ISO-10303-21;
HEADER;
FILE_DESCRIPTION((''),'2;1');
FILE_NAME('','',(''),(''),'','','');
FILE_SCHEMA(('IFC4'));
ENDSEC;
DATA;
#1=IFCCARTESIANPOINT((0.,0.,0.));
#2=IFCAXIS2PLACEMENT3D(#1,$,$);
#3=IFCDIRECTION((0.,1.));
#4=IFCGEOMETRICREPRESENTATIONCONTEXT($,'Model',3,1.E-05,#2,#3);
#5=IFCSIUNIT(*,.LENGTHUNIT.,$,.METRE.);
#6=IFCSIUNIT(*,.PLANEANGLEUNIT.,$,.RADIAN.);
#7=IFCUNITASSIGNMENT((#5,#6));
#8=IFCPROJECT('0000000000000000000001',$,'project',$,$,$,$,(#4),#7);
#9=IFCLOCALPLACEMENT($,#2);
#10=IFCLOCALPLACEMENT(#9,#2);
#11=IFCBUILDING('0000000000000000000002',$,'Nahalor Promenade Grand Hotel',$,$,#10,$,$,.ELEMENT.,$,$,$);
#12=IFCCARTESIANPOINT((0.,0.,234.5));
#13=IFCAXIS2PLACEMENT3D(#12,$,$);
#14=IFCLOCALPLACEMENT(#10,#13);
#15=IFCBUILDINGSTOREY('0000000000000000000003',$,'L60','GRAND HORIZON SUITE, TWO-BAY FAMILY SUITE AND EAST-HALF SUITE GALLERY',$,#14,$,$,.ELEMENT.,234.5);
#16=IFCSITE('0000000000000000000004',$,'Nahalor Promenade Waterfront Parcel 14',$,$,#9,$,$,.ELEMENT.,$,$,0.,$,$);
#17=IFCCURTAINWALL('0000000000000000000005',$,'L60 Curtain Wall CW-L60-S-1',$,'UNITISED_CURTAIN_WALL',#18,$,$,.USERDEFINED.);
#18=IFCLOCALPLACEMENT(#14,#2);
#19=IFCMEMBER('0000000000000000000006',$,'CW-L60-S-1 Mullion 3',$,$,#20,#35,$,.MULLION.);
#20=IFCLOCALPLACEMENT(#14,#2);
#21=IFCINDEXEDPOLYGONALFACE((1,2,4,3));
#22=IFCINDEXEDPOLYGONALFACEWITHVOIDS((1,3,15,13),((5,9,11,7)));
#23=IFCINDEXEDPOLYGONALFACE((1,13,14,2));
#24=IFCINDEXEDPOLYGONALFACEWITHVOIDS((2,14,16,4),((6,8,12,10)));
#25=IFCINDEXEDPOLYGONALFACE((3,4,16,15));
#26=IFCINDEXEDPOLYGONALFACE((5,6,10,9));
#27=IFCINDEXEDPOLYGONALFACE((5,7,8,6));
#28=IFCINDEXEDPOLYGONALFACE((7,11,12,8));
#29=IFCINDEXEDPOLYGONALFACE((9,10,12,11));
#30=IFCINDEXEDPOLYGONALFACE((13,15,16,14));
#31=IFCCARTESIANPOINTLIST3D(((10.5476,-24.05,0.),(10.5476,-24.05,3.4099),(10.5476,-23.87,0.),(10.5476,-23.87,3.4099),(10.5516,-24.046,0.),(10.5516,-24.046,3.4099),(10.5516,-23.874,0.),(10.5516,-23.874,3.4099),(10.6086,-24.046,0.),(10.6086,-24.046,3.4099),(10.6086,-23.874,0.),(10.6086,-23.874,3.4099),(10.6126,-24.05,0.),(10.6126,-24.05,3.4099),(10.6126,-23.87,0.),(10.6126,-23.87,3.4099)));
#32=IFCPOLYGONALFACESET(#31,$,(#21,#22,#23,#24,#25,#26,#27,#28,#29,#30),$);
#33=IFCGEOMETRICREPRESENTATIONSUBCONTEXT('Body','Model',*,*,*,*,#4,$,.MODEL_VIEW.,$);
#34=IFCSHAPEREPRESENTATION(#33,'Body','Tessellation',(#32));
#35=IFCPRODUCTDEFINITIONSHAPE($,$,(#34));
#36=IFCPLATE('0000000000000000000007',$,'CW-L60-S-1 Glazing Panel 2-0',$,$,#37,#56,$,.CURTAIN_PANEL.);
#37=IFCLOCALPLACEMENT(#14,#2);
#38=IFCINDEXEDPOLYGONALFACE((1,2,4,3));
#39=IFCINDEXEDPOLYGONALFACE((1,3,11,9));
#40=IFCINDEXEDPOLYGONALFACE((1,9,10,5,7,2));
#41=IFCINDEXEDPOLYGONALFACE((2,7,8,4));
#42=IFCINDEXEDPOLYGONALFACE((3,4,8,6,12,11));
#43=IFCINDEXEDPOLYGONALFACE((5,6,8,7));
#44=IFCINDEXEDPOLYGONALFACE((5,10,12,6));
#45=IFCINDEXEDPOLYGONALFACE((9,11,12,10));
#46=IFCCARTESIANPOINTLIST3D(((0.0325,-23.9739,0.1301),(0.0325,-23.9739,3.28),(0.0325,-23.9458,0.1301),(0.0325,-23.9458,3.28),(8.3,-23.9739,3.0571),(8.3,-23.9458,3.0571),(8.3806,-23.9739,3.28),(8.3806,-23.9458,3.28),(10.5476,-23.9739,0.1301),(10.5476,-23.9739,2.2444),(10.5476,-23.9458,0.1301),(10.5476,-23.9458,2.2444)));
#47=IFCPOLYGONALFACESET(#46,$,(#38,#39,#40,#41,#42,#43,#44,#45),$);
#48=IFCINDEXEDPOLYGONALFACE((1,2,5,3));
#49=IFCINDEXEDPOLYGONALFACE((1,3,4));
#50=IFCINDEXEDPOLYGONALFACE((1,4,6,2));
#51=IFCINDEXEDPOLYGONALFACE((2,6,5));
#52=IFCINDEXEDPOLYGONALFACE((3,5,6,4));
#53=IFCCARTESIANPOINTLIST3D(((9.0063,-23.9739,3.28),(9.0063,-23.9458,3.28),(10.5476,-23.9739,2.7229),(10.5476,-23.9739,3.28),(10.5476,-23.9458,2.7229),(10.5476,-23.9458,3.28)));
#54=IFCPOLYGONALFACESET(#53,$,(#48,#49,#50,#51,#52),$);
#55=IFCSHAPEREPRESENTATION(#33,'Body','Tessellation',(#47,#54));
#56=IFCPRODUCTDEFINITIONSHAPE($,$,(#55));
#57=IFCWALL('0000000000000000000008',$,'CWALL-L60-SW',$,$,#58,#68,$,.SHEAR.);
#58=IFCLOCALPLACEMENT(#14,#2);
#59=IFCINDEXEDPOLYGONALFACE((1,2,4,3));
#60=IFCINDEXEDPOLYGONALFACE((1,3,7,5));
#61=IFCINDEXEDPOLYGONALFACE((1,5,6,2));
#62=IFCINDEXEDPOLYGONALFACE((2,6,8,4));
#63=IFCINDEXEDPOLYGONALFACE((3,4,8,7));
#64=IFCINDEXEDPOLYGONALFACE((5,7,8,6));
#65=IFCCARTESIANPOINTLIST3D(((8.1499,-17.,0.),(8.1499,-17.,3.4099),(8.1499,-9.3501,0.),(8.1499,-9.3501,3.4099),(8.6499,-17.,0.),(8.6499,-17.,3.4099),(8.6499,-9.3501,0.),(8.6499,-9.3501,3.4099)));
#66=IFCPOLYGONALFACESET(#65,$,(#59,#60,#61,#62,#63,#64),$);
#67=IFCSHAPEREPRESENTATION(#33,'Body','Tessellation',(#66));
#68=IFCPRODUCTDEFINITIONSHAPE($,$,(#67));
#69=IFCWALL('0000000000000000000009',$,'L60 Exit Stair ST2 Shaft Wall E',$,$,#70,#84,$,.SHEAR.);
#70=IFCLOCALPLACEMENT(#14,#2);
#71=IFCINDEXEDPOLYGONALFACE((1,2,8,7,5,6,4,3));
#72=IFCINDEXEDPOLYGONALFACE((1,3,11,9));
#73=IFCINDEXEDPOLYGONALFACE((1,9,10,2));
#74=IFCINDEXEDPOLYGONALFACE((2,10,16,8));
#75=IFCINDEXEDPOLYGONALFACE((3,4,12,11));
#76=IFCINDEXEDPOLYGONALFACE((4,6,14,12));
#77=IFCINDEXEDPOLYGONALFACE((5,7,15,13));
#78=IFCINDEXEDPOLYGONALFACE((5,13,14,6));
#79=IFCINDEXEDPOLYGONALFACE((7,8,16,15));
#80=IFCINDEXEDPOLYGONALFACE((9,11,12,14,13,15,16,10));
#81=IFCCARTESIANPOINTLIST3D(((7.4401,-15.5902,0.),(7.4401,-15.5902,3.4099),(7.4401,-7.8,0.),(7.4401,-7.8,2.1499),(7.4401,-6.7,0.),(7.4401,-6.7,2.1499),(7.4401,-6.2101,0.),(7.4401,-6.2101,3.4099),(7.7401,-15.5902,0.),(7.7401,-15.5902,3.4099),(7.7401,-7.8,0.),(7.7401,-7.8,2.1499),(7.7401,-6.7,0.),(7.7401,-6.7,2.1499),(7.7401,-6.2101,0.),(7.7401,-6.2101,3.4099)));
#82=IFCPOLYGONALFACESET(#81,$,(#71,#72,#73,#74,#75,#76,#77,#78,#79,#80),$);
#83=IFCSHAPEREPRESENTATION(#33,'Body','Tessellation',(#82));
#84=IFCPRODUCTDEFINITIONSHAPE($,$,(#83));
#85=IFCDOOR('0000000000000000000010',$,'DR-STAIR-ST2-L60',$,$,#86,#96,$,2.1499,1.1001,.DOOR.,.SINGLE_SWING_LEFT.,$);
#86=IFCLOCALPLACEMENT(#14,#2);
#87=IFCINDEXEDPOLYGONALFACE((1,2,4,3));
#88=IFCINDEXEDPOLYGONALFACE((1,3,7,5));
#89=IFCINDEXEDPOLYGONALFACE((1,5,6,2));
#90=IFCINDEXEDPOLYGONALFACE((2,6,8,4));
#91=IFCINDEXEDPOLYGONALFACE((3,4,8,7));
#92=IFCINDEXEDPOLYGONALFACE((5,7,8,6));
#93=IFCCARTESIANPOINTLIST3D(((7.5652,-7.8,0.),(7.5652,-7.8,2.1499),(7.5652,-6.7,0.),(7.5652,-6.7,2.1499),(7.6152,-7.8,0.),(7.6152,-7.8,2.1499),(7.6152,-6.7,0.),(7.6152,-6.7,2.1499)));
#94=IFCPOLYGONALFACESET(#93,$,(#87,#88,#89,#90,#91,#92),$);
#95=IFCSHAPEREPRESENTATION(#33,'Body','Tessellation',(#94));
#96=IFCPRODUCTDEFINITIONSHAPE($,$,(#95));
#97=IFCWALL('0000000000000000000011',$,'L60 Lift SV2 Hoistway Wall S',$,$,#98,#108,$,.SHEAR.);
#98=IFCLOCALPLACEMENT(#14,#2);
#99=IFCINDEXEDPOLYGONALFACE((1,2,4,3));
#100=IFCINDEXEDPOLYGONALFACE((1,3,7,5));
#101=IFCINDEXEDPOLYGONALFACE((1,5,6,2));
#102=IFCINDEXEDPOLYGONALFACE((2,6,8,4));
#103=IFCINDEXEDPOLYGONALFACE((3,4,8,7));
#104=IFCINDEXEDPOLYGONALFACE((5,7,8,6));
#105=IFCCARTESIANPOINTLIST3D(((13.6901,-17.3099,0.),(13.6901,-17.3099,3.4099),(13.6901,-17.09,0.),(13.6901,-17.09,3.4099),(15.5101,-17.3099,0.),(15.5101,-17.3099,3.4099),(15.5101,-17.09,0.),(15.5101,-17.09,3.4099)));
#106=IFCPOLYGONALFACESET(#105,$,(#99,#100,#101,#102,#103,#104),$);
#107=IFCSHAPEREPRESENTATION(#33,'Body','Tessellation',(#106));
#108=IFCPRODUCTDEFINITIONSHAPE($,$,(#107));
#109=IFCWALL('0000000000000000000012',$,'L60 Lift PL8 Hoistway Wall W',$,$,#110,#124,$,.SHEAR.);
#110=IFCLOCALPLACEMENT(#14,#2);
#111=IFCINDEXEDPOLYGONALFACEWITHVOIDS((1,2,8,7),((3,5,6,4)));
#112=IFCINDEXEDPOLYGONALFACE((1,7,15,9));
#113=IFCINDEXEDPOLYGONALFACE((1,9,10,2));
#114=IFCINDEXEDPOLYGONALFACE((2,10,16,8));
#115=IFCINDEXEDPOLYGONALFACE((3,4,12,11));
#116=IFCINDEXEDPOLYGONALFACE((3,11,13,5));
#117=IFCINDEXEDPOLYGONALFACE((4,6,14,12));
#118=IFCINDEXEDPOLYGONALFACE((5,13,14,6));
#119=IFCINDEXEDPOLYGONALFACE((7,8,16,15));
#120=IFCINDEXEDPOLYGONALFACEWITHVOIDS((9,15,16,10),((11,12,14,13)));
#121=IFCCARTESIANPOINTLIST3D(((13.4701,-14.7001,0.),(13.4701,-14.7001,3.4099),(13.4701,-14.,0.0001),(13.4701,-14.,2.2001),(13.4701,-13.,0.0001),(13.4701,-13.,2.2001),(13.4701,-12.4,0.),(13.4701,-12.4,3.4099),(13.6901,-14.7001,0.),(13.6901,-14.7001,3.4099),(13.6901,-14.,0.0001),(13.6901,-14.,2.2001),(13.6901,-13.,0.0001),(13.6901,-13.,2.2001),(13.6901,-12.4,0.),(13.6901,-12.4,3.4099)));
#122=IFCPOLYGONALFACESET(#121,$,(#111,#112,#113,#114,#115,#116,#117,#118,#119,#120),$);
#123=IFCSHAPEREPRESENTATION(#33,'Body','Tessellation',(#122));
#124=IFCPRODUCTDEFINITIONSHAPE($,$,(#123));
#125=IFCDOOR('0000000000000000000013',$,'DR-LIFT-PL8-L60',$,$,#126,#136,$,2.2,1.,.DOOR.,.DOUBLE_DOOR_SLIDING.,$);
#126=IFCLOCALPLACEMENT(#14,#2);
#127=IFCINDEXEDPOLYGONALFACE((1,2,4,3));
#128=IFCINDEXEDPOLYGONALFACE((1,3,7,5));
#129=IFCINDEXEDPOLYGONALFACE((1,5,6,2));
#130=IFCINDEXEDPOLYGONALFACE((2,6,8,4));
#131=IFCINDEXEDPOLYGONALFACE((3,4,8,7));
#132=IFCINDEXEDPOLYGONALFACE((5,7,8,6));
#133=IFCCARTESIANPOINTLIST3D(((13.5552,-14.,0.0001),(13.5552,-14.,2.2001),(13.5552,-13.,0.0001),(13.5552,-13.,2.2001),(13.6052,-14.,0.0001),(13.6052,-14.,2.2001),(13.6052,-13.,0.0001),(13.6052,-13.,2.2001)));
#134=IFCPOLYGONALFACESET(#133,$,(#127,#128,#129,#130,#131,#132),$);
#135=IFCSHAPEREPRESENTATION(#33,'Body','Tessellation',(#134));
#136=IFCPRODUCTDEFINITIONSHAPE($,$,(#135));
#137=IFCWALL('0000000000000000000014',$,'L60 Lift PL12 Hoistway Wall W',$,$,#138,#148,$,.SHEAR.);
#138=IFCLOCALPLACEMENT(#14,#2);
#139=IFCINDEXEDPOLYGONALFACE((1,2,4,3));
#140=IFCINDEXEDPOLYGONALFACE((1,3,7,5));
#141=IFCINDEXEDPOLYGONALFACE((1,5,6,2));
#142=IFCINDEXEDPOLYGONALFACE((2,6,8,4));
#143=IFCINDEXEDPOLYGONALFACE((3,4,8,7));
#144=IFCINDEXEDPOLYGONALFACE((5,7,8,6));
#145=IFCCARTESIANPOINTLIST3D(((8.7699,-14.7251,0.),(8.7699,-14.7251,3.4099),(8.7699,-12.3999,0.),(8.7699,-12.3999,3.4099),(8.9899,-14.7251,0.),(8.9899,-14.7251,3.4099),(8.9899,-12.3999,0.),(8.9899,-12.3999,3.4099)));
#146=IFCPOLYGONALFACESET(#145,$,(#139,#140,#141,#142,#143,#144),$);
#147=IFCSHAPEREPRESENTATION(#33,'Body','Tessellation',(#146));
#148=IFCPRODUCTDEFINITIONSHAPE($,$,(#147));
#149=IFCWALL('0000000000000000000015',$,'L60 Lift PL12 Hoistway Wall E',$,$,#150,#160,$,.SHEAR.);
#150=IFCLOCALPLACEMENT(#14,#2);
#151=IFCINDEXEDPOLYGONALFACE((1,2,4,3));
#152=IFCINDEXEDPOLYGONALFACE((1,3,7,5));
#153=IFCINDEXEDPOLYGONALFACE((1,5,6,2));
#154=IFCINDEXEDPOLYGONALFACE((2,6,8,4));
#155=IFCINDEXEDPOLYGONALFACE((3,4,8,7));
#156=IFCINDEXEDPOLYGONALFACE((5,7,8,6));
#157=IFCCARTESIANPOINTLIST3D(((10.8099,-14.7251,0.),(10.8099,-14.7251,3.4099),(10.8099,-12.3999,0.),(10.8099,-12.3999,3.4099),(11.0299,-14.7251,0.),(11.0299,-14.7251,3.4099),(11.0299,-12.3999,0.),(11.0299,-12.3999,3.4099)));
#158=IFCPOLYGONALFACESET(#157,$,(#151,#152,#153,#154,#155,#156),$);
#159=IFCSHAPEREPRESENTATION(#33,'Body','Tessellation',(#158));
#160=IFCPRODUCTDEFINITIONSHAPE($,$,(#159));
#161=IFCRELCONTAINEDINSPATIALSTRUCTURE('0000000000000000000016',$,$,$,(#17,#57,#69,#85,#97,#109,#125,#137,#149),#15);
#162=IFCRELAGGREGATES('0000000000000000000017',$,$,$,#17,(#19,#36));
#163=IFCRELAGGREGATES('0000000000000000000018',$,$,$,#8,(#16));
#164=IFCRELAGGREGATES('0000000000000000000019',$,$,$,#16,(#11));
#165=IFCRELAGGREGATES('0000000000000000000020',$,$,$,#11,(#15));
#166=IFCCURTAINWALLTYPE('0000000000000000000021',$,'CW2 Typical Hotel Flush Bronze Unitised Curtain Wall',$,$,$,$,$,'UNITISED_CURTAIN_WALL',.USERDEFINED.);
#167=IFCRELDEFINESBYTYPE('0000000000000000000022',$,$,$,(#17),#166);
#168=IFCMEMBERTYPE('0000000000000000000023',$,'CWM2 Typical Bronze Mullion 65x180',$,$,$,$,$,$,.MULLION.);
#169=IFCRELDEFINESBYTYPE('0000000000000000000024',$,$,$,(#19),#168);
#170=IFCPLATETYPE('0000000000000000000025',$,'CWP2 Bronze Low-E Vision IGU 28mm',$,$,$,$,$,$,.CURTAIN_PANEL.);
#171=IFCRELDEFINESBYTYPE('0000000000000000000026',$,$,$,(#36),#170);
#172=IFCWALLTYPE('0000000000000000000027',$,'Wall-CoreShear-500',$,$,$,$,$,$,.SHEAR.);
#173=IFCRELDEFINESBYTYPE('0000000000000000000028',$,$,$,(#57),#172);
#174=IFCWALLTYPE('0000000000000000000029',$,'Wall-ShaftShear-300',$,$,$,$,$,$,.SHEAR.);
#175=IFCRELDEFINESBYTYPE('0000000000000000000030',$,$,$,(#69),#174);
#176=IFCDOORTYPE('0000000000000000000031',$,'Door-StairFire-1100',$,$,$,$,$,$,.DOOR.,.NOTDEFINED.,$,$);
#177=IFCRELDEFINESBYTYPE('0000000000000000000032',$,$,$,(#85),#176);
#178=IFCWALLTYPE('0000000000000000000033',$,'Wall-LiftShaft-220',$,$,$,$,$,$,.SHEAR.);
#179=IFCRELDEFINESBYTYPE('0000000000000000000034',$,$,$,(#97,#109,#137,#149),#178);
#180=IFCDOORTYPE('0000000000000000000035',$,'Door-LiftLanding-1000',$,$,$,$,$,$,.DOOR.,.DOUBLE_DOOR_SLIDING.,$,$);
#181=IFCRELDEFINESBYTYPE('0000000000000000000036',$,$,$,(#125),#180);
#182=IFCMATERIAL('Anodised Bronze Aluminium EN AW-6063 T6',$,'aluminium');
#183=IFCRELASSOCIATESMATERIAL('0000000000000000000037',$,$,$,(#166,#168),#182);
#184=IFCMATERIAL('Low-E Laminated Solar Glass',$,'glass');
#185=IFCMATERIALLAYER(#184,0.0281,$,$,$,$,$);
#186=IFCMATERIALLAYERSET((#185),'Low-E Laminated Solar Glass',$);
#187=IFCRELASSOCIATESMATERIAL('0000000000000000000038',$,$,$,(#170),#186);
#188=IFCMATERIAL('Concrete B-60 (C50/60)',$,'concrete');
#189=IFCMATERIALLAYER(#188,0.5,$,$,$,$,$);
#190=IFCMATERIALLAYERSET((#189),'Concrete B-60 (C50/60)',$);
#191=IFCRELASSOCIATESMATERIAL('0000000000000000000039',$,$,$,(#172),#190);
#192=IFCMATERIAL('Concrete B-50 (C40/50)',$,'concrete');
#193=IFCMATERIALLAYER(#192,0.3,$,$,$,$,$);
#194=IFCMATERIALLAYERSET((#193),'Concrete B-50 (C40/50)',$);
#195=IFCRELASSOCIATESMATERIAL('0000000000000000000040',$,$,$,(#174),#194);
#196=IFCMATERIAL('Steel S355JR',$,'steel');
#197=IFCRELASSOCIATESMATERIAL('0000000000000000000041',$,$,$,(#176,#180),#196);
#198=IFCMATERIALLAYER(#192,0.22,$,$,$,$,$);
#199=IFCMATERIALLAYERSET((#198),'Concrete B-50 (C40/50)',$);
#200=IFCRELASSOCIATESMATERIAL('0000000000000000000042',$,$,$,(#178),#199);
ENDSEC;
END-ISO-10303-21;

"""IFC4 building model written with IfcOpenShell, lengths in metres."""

from ifc_helpers import new_model, si_unit, direction, frame, frame_2d, origin, origin_2d, place, context, subcontext, project, spatial, polyline, rectangle, hollow_rectangle, outline, extrude, source, transform, mapped, material, layer, layer_set, material_profile, profile_set, type_object, element, fill, aggregate, save


model = new_model("IFC4")

# Units and contexts
model_context = context("Model", 3, precision=1e-05, world=origin(), true_north=direction((0.0, 1.0)))
body_context = subcontext(model_context, "Body", "Model", "MODEL_VIEW")
ifc_project = project(units=[si_unit("LENGTHUNIT", "METRE"), si_unit("PLANEANGLEUNIT", "RADIAN")], contexts=[model_context])

# Site, building, storey
site_placement = place(None, origin())
site = spatial("IfcSite", under=ifc_project, at=site_placement, Name="Nahalor Promenade Waterfront Parcel 14", CompositionType="ELEMENT", RefElevation=0.0)
building_placement = place(site_placement, origin())
building = spatial("IfcBuilding", under=site, at=building_placement, Name="Nahalor Promenade Grand Hotel", CompositionType="ELEMENT")
storey_placement = place(building_placement, frame((0.0, 0.0, 234.5)))
storey = spatial("IfcBuildingStorey", under=building, at=storey_placement, Name="L60", Description="GRAND HORIZON SUITE, TWO-BAY FAMILY SUITE AND EAST-HALF SUITE GALLERY", CompositionType="ELEMENT", Elevation=234.5)

# Shared definitions
ifc_material_1 = material(Name="Concrete B-60 (C50/60)", Category="concrete")
ifc_material_2 = material(Name="Steel S355JR", Category="steel")

# Curtain wall, member, plate
ifc_material_3 = material(Name="Anodised Bronze Aluminium EN AW-6063 T6", Category="aluminium")
curtain_wall_type = type_object("IfcCurtainWallType", Name="CW2 Typical Hotel Flush Bronze Unitised Curtain Wall", ElementType="UNITISED_CURTAIN_WALL", PredefinedType="USERDEFINED", material=ifc_material_3)
curtain_wall_placement = place(storey_placement, origin())
curtain_wall = element("IfcCurtainWall", 1, at=curtain_wall_placement, inside=storey, type_object=curtain_wall_type, Name="L60 Curtain Wall CW-L60-S-1", ObjectType="UNITISED_CURTAIN_WALL", PredefinedType="USERDEFINED")
ifc_material_profile_1 = material_profile(ifc_material_3, hollow_rectangle(XDim=0.065, YDim=0.18, WallThickness=0.004, at=origin_2d()), Name="CWM 65x180x4")
ifc_profile_set_1 = profile_set([ifc_material_profile_1], Name="Anodised Bronze Aluminium EN AW-6063 T6")
member_type_1 = type_object("IfcMemberType", Name="CWM2 Typical Bronze Mullion 65x180", PredefinedType="MULLION", material=ifc_profile_set_1)
shared_shape_1 = source(origin(), body_context, "Body", "SweptSolid", [
    extrude(hollow_rectangle(XDim=0.065, YDim=0.18, WallThickness=0.004, at=origin_2d()), origin(), (0.0, 0.0, 1.0), 3.4099),
])
member_1_placement = place(storey_placement, frame((10.5801, -23.96, 0.0), z_axis=(0.0, 0.0, 1.0), x_axis=(1.0, 0.0, 0.0)))
member_1 = element("IfcMember", 2, at=member_1_placement, type_object=member_type_1, Name="CW-L60-S-1 Mullion 3", PredefinedType="MULLION", context=body_context, shape_type="MappedRepresentation", body=[
    mapped(shared_shape_1, transform((0.0, 0.0, 0.0), scale=1.0)),
])
ifc_material_4 = material(Name="Low-E Laminated Solar Glass", Category="glass")
ifc_layer_1 = layer(ifc_material_4, 0.0281)
ifc_layer_set_1 = layer_set([ifc_layer_1], Name="Low-E Laminated Solar Glass")
plate_type = type_object("IfcPlateType", Name="CWP2 Bronze Low-E Vision IGU 28mm", PredefinedType="CURTAIN_PANEL", material=ifc_layer_set_1)
plate_placement = place(storey_placement, frame((5.29, -23.96, 0.1301), z_axis=(0.0, 0.0, 1.0), x_axis=(1.0, 0.0, 0.0)))
plate = element("IfcPlate", 3, at=plate_placement, type_object=plate_type, Name="CW-L60-S-1 Glazing Panel 2-0", PredefinedType="CURTAIN_PANEL", context=body_context, shape_type="SweptSolid", body=[
    extrude(outline(polyline([(-5.2576, 0.0), (5.2576, 0.0), (5.2576, 2.1143), (3.01, 2.927), (3.0906, 3.1499), (-5.2576, 3.1499), (-5.2576, 0.0)])), frame((0.0, 0.0142, 0.0), z_axis=(0.0, -1.0, 0.0), x_axis=(1.0, 0.0, 0.0)), (0.0, 0.0, 1.0), 0.0281),
    extrude(outline(polyline([(5.2576, 2.5928), (5.2576, 3.1499), (3.7163, 3.1499), (5.2576, 2.5928)])), frame((0.0, 0.0142, 0.0), z_axis=(0.0, -1.0, 0.0), x_axis=(1.0, 0.0, 0.0)), (0.0, 0.0, 1.0), 0.0281),
])
aggregate(curtain_wall, [member_1, plate])

# Wall
ifc_layer_2 = layer(ifc_material_1, 0.5)
ifc_layer_set_2 = layer_set([ifc_layer_2], Name="Concrete B-60 (C50/60)")
wall_type_1 = type_object("IfcWallType", Name="Wall-CoreShear-500", PredefinedType="SHEAR", material=ifc_layer_set_2)
shared_shape_2 = source(origin(), body_context, "Body", "SweptSolid", [
    extrude(rectangle(XDim=7.6499, YDim=0.5, at=frame_2d((3.825, 0.0))), origin(), (0.0, 0.0, 1.0), 3.4099),
])
wall_1_placement = place(storey_placement, frame((8.3999, -17.0, 0.0), z_axis=(0.0, 0.0, 1.0), x_axis=(0.0, 1.0, 0.0)))
element("IfcWall", 4, at=wall_1_placement, inside=storey, type_object=wall_type_1, Name="CWALL-L60-SW", PredefinedType="SHEAR", context=body_context, shape_type="MappedRepresentation", body=[
    mapped(shared_shape_2, transform((0.0, 0.0, 0.0), scale=1.0)),
])

# Wall, opening, door
ifc_material_5 = material(Name="Concrete B-50 (C40/50)", Category="concrete")
ifc_layer_3 = layer(ifc_material_5, 0.3)
ifc_layer_set_3 = layer_set([ifc_layer_3], Name="Concrete B-50 (C40/50)")
wall_type_2 = type_object("IfcWallType", Name="Wall-ShaftShear-300", PredefinedType="SHEAR", material=ifc_layer_set_3)
shared_shape_3 = source(origin(), body_context, "Body", "SweptSolid", [
    extrude(rectangle(XDim=9.3801, YDim=0.3, at=frame_2d((4.6899, 0.0))), origin(), (0.0, 0.0, 1.0), 3.4099),
])
wall_2_placement = place(storey_placement, frame((7.5901, -15.5901, 0.0), z_axis=(0.0, 0.0, 1.0), x_axis=(0.0, 1.0, 0.0)))
wall_2 = element("IfcWall", 5, at=wall_2_placement, inside=storey, type_object=wall_type_2, Name="L60 Exit Stair ST2 Shaft Wall E", PredefinedType="SHEAR", context=body_context, shape_type="MappedRepresentation", body=[
    mapped(shared_shape_3, transform((0.0, 0.0, 0.0), scale=1.0)),
])
opening_1_placement = place(wall_2_placement, frame((7.79, 0.0, 0.0)))
opening_1 = element("IfcOpeningElement", 6, at=opening_1_placement, cuts=wall_2, PredefinedType="OPENING", context=body_context, shape_type="SweptSolid", body=[
    extrude(rectangle(XDim=1.1001, YDim=2.1499, at=frame_2d((0.55, 1.075))), frame((0.0, 0.1599, 0.0), z_axis=(0.0, -1.0, 0.0), x_axis=(1.0, 0.0, 0.0)), (0.0, 0.0, 1.0), 0.3201),
])
door_type_1 = type_object("IfcDoorType", Name="Door-StairFire-1100", OperationType="NOTDEFINED", PredefinedType="DOOR", material=ifc_material_2)
shared_shape_4 = source(origin(), body_context, "Body", "SweptSolid", [
    extrude(rectangle(XDim=1.1001, YDim=2.1499, at=frame_2d((0.55, 1.075))), frame((0.0, 0.0249, 0.0), z_axis=(0.0, -1.0, 0.0), x_axis=(1.0, 0.0, 0.0)), (0.0, 0.0, 1.0), 0.05),
])
door_1_placement = place(opening_1_placement, origin())
door_1 = element("IfcDoor", 7, at=door_1_placement, inside=storey, type_object=door_type_1, Name="DR-STAIR-ST2-L60", OperationType="SINGLE_SWING_LEFT", OverallHeight=2.1499, OverallWidth=1.1001, PredefinedType="DOOR", context=body_context, shape_type="MappedRepresentation", body=[
    mapped(shared_shape_4, transform((0.0, 0.0, 0.0), scale=1.0)),
])
fill(opening_1, door_1)

# Wall
ifc_layer_4 = layer(ifc_material_5, 0.22)
ifc_layer_set_4 = layer_set([ifc_layer_4], Name="Concrete B-50 (C40/50)")
wall_type_3 = type_object("IfcWallType", Name="Wall-LiftShaft-220", PredefinedType="SHEAR", material=ifc_layer_set_4)
shared_shape_5 = source(origin(), body_context, "Body", "SweptSolid", [
    extrude(rectangle(XDim=1.8201, YDim=0.22, at=frame_2d((0.9102, 0.0))), origin(), (0.0, 0.0, 1.0), 3.4099),
])
wall_3_placement = place(storey_placement, frame((13.6899, -17.2, 0.0), z_axis=(0.0, 0.0, 1.0), x_axis=(1.0, 0.0, 0.0)))
element("IfcWall", 8, at=wall_3_placement, inside=storey, type_object=wall_type_3, Name="L60 Lift SV2 Hoistway Wall S", PredefinedType="SHEAR", context=body_context, shape_type="MappedRepresentation", body=[
    mapped(shared_shape_5, transform((0.0, 0.0, 0.0), scale=1.0)),
])

# Wall, opening, door
shared_shape_6 = source(origin(), body_context, "Body", "SweptSolid", [
    extrude(rectangle(XDim=2.3, YDim=0.22, at=frame_2d((1.1499, 0.0))), origin(), (0.0, 0.0, 1.0), 3.4099),
])
wall_4_placement = place(storey_placement, frame((13.5801, -14.7, 0.0), z_axis=(0.0, 0.0, 1.0), x_axis=(0.0, 1.0, 0.0)))
wall_4 = element("IfcWall", 9, at=wall_4_placement, inside=storey, type_object=wall_type_3, Name="L60 Lift PL8 Hoistway Wall W", PredefinedType="SHEAR", context=body_context, shape_type="MappedRepresentation", body=[
    mapped(shared_shape_6, transform((0.0, 0.0, 0.0), scale=1.0)),
])
opening_2_placement = place(wall_4_placement, frame((0.7, 0.0, 0.0)))
opening_2 = element("IfcOpeningElement", 10, at=opening_2_placement, cuts=wall_4, PredefinedType="OPENING", context=body_context, shape_type="SweptSolid", body=[
    extrude(rectangle(XDim=1.0, YDim=2.2, at=frame_2d((0.5, 1.1001))), frame((0.0, 0.1199, 0.0), z_axis=(0.0, -1.0, 0.0), x_axis=(1.0, 0.0, 0.0)), (0.0, 0.0, 1.0), 0.24),
])
door_type_2 = type_object("IfcDoorType", Name="Door-LiftLanding-1000", OperationType="DOUBLE_DOOR_SLIDING", PredefinedType="DOOR", material=ifc_material_2)
shared_shape_7 = source(origin(), body_context, "Body", "SweptSolid", [
    extrude(rectangle(XDim=1.0, YDim=2.2, at=frame_2d((0.5, 1.1001))), frame((0.0, 0.0249, 0.0), z_axis=(0.0, -1.0, 0.0), x_axis=(1.0, 0.0, 0.0)), (0.0, 0.0, 1.0), 0.05),
])
door_2_placement = place(opening_2_placement, origin())
door_2 = element("IfcDoor", 11, at=door_2_placement, inside=storey, type_object=door_type_2, Name="DR-LIFT-PL8-L60", OperationType="DOUBLE_DOOR_SLIDING", OverallHeight=2.2, OverallWidth=1.0, PredefinedType="DOOR", context=body_context, shape_type="MappedRepresentation", body=[
    mapped(shared_shape_7, transform((0.0, 0.0, 0.0), scale=1.0)),
])
fill(opening_2, door_2)

# Walls
shared_shape_8 = source(origin(), body_context, "Body", "SweptSolid", [
    extrude(rectangle(XDim=2.3252, YDim=0.22, at=frame_2d((1.1626, 0.0))), origin(), (0.0, 0.0, 1.0), 3.4099),
])
for number, where, z_axis, x_axis, name in (
    (12, (8.8799, -14.7251, 0.0), (0.0, 0.0, 1.0), (0.0, 1.0, 0.0), "L60 Lift PL12 Hoistway Wall W"),
    (13, (10.9199, -14.7251, 0.0), (0.0, 0.0, 1.0), (0.0, 1.0, 0.0), "L60 Lift PL12 Hoistway Wall E"),
):
    element("IfcWall", number, at=place(storey_placement, frame(where, z_axis=z_axis, x_axis=x_axis)), inside=storey, type_object=wall_type_3, Name=name, PredefinedType="SHEAR", context=body_context, shape_type="MappedRepresentation", body=[
        mapped(shared_shape_8, transform((0.0, 0.0, 0.0), scale=1.0)),
    ])

save(model, "model.ifc")
